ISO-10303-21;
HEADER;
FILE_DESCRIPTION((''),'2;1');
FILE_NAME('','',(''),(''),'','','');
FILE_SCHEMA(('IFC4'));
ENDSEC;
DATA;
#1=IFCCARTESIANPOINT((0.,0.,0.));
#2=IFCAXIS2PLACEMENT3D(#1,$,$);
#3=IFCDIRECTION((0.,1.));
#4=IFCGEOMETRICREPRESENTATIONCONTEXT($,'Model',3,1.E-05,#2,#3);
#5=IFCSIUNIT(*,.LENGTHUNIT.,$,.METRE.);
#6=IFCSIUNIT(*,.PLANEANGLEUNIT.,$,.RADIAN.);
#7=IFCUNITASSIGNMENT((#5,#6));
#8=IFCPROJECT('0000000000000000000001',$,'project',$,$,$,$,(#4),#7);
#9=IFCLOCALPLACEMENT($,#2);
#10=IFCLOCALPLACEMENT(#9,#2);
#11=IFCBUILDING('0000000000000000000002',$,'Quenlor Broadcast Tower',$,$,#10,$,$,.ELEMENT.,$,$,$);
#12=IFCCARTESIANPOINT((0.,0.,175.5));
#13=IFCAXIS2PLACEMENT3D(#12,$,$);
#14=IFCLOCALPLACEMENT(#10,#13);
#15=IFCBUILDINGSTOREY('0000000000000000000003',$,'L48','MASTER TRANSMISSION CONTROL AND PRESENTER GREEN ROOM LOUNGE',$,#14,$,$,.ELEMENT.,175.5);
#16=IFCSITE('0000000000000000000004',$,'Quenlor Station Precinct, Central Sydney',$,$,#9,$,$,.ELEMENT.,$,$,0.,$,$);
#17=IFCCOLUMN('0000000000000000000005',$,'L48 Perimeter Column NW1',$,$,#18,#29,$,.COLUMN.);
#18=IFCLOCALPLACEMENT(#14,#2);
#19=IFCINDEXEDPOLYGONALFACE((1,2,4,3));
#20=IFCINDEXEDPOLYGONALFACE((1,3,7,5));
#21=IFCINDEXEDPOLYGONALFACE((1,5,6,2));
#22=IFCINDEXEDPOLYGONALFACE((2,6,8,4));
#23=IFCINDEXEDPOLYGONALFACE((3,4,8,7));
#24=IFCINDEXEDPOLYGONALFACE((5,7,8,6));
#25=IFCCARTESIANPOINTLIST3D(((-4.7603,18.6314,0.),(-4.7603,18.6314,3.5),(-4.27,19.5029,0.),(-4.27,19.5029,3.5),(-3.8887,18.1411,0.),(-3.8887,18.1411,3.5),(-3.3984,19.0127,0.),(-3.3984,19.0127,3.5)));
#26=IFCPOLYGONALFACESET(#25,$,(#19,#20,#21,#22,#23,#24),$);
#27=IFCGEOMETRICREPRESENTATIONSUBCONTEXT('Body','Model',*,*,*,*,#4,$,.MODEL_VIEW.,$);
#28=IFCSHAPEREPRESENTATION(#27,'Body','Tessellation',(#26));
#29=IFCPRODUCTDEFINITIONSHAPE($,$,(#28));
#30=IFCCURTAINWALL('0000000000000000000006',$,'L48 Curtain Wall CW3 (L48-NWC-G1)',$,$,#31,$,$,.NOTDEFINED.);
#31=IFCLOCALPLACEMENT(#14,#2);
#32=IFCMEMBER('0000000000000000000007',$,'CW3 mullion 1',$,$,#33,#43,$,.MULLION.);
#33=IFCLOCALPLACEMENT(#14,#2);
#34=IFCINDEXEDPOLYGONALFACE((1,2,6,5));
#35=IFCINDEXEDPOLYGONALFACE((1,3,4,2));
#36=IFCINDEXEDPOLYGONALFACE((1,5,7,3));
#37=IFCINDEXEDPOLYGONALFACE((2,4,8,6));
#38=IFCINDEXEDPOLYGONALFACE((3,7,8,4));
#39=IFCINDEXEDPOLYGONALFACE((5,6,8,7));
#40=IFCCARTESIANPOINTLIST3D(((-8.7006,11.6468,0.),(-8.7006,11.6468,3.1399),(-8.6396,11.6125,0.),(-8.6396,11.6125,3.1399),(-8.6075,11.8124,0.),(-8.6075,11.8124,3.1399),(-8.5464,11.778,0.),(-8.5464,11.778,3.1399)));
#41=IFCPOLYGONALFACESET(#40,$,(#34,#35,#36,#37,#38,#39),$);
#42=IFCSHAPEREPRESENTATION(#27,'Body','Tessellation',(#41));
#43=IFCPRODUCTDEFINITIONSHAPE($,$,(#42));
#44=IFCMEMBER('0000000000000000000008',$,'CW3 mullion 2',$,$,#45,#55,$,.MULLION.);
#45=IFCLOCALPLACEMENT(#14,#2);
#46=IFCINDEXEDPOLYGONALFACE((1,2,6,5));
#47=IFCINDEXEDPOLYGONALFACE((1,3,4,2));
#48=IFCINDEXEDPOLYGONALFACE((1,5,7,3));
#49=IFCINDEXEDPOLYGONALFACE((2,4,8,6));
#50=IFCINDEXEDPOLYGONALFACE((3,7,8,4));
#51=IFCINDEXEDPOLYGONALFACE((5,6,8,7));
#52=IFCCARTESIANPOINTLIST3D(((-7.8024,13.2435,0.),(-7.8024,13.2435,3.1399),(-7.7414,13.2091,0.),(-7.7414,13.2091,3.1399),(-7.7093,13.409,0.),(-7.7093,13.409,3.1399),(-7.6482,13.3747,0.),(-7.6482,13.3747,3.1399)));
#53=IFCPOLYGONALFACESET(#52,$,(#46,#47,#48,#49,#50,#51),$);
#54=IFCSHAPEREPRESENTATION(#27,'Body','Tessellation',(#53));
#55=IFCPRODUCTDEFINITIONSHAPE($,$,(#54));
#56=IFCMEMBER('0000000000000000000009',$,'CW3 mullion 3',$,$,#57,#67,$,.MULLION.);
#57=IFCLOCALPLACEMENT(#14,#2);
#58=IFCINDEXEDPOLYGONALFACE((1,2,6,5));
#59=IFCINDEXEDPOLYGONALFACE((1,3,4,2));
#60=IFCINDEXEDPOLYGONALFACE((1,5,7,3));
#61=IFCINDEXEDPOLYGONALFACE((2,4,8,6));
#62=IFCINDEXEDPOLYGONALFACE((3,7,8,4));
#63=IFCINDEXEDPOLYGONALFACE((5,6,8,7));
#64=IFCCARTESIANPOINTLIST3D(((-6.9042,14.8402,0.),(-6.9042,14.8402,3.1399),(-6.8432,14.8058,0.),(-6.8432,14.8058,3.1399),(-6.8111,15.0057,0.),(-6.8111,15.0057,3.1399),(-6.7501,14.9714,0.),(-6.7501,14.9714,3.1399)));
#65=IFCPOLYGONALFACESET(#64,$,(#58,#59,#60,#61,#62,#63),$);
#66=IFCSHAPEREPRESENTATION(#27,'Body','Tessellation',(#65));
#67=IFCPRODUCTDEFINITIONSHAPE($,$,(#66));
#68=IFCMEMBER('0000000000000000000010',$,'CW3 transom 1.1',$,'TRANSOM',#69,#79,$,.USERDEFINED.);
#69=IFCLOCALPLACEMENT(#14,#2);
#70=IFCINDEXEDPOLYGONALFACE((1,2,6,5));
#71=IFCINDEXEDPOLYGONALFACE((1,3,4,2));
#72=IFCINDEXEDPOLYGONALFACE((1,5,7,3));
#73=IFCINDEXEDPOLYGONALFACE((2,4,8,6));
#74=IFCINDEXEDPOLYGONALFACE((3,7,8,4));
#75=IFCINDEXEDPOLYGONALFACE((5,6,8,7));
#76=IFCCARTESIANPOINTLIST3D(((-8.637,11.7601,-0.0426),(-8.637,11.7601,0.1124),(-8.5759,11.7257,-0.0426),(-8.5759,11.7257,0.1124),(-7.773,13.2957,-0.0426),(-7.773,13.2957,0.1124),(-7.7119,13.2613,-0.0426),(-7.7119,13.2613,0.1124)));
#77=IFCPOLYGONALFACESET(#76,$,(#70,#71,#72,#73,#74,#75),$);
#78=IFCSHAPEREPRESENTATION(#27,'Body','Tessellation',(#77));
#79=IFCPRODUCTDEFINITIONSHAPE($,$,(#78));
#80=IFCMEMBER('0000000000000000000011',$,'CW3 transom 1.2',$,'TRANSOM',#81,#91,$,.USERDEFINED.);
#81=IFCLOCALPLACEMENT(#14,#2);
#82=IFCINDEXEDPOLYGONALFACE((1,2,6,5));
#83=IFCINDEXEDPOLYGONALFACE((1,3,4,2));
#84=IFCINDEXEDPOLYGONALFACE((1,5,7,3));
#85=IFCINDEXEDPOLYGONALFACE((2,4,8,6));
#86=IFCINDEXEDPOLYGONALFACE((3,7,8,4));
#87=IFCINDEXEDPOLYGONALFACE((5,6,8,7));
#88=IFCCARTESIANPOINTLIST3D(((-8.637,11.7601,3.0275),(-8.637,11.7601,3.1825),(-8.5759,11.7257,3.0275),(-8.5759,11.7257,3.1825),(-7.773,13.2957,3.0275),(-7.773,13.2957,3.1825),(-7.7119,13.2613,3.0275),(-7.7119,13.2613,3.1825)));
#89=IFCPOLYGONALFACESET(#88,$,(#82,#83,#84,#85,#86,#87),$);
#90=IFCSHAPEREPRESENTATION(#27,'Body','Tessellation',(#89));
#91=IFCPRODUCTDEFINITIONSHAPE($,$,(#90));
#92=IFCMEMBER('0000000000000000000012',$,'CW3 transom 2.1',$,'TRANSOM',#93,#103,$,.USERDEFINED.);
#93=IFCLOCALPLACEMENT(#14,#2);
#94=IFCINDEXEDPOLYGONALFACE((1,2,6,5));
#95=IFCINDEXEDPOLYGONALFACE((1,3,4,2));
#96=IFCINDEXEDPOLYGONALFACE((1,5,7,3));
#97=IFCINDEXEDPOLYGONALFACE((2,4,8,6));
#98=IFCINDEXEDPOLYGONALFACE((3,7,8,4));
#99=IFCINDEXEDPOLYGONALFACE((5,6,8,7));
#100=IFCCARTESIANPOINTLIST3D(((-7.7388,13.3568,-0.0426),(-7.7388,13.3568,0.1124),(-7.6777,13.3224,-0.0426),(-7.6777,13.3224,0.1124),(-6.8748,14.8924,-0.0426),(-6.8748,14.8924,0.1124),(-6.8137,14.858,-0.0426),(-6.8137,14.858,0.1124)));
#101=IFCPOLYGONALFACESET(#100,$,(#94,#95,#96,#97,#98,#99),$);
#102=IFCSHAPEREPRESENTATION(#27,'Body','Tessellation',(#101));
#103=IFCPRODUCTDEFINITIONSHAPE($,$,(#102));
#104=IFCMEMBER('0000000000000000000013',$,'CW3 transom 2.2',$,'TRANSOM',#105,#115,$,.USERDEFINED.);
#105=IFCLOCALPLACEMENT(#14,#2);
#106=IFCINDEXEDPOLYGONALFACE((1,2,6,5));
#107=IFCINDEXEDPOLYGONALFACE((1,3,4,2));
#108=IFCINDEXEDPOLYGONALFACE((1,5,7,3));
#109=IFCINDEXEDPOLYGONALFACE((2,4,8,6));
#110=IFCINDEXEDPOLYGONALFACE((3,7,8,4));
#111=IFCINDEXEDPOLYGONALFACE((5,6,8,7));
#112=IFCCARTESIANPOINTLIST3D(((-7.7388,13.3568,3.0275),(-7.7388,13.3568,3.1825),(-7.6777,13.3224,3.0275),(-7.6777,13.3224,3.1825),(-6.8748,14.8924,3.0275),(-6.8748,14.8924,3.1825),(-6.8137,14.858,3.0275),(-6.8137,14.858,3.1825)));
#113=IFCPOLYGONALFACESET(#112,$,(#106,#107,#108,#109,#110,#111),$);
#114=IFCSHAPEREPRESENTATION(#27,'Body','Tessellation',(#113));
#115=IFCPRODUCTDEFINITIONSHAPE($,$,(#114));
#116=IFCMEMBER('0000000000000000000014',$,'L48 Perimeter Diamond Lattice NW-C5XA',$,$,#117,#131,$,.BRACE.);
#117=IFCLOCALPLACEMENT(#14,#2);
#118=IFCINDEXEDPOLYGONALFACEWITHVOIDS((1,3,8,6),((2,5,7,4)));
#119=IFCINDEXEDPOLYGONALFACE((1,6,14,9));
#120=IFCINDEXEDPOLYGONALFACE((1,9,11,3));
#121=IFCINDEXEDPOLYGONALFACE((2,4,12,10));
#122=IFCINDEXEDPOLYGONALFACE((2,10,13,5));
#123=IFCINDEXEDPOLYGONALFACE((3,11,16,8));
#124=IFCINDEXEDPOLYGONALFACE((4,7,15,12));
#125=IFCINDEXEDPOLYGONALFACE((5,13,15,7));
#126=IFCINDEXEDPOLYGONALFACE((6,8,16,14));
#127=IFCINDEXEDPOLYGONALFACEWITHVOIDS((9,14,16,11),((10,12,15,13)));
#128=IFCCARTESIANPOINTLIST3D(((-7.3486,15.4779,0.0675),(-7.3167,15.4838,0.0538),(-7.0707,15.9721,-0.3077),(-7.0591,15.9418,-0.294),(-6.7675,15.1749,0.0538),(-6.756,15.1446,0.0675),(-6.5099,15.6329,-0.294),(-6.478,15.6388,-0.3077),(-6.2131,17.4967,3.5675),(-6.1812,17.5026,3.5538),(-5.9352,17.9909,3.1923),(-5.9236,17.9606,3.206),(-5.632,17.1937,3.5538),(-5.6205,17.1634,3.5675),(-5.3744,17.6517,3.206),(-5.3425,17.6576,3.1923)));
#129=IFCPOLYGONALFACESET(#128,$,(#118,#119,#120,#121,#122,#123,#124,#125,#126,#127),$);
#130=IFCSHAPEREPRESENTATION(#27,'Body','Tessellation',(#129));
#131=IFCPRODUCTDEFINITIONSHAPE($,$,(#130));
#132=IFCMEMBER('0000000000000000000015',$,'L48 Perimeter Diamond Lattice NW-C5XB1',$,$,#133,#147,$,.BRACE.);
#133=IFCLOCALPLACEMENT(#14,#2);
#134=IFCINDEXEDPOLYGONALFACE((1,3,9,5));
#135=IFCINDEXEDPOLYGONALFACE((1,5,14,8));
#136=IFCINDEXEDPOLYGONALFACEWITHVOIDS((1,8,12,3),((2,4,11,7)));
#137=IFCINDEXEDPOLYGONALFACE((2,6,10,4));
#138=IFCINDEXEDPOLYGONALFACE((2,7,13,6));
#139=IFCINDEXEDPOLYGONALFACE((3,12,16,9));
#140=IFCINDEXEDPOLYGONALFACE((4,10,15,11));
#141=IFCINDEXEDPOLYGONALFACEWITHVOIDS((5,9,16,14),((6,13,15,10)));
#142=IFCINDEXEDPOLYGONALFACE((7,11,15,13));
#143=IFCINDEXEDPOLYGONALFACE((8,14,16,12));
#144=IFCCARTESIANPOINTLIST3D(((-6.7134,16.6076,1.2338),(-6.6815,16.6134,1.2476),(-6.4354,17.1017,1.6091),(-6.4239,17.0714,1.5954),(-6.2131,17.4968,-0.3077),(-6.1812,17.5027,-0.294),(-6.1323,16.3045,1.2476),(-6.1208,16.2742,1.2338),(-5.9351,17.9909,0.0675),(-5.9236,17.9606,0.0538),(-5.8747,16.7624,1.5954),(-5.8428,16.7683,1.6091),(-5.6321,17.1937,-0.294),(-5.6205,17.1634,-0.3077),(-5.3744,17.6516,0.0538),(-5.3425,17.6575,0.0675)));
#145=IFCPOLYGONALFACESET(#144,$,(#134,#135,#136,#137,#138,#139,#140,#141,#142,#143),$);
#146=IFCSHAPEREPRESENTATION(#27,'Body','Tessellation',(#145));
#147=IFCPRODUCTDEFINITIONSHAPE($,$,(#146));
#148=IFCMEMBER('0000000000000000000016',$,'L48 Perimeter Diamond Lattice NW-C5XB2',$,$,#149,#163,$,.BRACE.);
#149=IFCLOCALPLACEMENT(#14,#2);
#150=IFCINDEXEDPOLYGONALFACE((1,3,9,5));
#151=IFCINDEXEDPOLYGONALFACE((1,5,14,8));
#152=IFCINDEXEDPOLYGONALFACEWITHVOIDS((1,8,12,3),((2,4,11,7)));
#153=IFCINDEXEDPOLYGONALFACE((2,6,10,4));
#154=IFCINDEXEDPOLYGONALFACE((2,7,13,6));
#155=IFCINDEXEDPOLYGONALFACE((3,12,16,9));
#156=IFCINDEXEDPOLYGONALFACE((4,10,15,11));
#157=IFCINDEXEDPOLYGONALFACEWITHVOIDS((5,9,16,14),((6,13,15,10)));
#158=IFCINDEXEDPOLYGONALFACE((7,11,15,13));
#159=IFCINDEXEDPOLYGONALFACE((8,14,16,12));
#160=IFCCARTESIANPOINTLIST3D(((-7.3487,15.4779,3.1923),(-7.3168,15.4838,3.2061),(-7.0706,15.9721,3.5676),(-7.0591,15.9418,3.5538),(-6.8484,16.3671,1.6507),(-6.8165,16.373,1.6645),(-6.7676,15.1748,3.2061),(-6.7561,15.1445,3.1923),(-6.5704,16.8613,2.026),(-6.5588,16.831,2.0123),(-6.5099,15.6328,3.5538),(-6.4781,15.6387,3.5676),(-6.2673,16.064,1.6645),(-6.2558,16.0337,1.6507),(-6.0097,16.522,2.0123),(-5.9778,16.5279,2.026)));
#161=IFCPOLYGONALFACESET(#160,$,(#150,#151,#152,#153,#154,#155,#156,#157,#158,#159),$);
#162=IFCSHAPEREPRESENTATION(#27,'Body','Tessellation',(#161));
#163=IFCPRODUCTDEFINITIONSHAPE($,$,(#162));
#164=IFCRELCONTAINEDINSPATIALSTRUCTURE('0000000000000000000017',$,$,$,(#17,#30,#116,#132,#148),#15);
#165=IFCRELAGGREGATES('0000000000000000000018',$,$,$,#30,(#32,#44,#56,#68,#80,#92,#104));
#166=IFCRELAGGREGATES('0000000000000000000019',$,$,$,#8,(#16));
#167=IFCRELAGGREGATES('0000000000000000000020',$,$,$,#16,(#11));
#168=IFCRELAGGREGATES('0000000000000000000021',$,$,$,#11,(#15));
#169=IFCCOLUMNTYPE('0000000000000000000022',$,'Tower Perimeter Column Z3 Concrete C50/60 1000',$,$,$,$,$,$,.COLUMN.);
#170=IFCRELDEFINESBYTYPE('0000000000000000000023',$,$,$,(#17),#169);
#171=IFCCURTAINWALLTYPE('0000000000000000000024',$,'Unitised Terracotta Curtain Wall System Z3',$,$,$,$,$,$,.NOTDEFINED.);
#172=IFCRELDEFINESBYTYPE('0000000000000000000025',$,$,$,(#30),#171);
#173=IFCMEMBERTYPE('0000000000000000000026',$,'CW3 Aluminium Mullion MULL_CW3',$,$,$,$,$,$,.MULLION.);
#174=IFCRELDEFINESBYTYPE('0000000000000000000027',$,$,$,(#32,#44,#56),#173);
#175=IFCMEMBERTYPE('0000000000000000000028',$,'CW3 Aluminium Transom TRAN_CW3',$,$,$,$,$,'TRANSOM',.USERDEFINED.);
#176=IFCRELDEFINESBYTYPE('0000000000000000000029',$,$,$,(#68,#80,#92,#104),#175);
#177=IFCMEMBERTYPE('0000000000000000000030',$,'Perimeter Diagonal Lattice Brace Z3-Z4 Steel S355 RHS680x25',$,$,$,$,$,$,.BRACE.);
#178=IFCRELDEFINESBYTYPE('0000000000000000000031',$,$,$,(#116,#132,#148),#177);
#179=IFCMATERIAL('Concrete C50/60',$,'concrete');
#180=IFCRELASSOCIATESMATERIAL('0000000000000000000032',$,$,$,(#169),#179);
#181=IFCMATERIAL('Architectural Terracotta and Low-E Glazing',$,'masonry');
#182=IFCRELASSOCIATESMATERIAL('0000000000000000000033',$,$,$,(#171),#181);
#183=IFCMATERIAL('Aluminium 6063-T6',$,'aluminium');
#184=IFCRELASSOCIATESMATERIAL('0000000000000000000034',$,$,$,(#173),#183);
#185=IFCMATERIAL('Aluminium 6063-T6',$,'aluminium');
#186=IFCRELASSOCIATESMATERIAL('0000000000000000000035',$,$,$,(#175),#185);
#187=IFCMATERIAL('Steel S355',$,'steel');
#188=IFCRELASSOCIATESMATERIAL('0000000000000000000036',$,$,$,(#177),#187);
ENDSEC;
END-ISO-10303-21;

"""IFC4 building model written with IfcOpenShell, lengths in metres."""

from ifc_helpers import new_model, si_unit, direction, frame, origin, origin_2d, place, context, subcontext, project, spatial, rectangle, hollow_rectangle, extrude, material, material_profile, profile_set, type_object, element, aggregate, save


model = new_model("IFC4")

# Units and contexts
model_context = context("Model", 3, precision=1e-05, world=origin(), true_north=direction((0.0, 1.0)))
body_context = subcontext(model_context, "Body", "Model", "MODEL_VIEW")
ifc_project = project(units=[si_unit("LENGTHUNIT", "METRE"), si_unit("PLANEANGLEUNIT", "RADIAN")], contexts=[model_context])

# Site, building, storey
site_placement = place(None, origin())
site = spatial("IfcSite", under=ifc_project, at=site_placement, Name="Quenlor Station Precinct, Central Sydney", CompositionType="ELEMENT", RefElevation=0.0)
building_placement = place(site_placement, origin())
building = spatial("IfcBuilding", under=site, at=building_placement, Name="Quenlor Broadcast Tower", CompositionType="ELEMENT")
storey_placement = place(building_placement, frame((0.0, 0.0, 175.5)))
storey = spatial("IfcBuildingStorey", under=building, at=storey_placement, Name="L48", Description="MASTER TRANSMISSION CONTROL AND PRESENTER GREEN ROOM LOUNGE", CompositionType="ELEMENT", Elevation=175.5)

# Column
ifc_material_1 = material(Name="Concrete C50/60", Category="concrete")
ifc_material_profile_1 = material_profile(ifc_material_1, rectangle(XDim=1.0, YDim=1.0, at=origin_2d()))
ifc_profile_set_1 = profile_set([ifc_material_profile_1], Name="Concrete C50/60 RC1000x1000")
column_type = type_object("IfcColumnType", Name="Tower Perimeter Column Z3 Concrete C50/60 1000", PredefinedType="COLUMN", material=ifc_profile_set_1)
column_placement = place(storey_placement, frame((-4.0793, 18.822, 0.0), z_axis=(0.0, 0.0, 1.0), x_axis=(-0.871575, 0.490262, 0.0)))
element("IfcColumn", 1, at=column_placement, inside=storey, type_object=column_type, Name="L48 Perimeter Column NW1", PredefinedType="COLUMN", context=body_context, shape_type="SweptSolid", body=[
    extrude(rectangle(XDim=1.0, YDim=1.0, at=origin_2d()), origin(), (0.0, 0.0, 1.0), 3.5),
])

# Curtain wall, members
ifc_material_2 = material(Name="Architectural Terracotta and Low-E Glazing", Category="masonry")
curtain_wall_type = type_object("IfcCurtainWallType", Name="Unitised Terracotta Curtain Wall System Z3", PredefinedType="NOTDEFINED", material=ifc_material_2)
curtain_wall_placement = place(storey_placement, origin())
curtain_wall = element("IfcCurtainWall", 2, at=curtain_wall_placement, inside=storey, type_object=curtain_wall_type, Name="L48 Curtain Wall CW3 (L48-NWC-G1)", PredefinedType="NOTDEFINED")
ifc_material_3 = material(Name="Aluminium 6063-T6", Category="aluminium")
ifc_material_profile_2 = material_profile(ifc_material_3, rectangle(XDim=0.0701, YDim=0.1899, at=origin_2d()))
ifc_profile_set_2 = profile_set([ifc_material_profile_2], Name="Aluminium 6063-T6 MULL70x190")
member_type_1 = type_object("IfcMemberType", Name="CW3 Aluminium Mullion MULL_CW3", PredefinedType="MULLION", material=ifc_profile_set_2)
member_1_placement = place(storey_placement, frame((-8.6235, 11.7124, 0.0), z_axis=(0.0, 0.0, 1.0), x_axis=(-0.871571, 0.49027, 0.0)))
member_1 = element("IfcMember", 3, at=member_1_placement, type_object=member_type_1, Name="CW3 mullion 1", PredefinedType="MULLION", context=body_context, shape_type="SweptSolid", body=[
    extrude(rectangle(XDim=0.0701, YDim=0.1899, at=origin_2d()), origin(), (0.0, 0.0, 1.0), 3.1399),
])
member_2_placement = place(storey_placement, frame((-7.7253, 13.3091, 0.0), z_axis=(0.0, 0.0, 1.0), x_axis=(-0.871571, 0.49027, 0.0)))
member_2 = element("IfcMember", 4, at=member_2_placement, type_object=member_type_1, Name="CW3 mullion 2", PredefinedType="MULLION", context=body_context, shape_type="SweptSolid", body=[
    extrude(rectangle(XDim=0.0701, YDim=0.1899, at=origin_2d()), origin(), (0.0, 0.0, 1.0), 3.1399),
])
member_3_placement = place(storey_placement, frame((-6.8271, 14.9058, 0.0), z_axis=(0.0, 0.0, 1.0), x_axis=(-0.871571, 0.49027, 0.0)))
member_3 = element("IfcMember", 5, at=member_3_placement, type_object=member_type_1, Name="CW3 mullion 3", PredefinedType="MULLION", context=body_context, shape_type="SweptSolid", body=[
    extrude(rectangle(XDim=0.0701, YDim=0.1899, at=origin_2d()), origin(), (0.0, 0.0, 1.0), 3.1399),
])
ifc_material_4 = material(Name="Aluminium 6063-T6", Category="aluminium")
ifc_material_profile_3 = material_profile(ifc_material_4, rectangle(XDim=0.0701, YDim=0.155, at=origin_2d()))
ifc_profile_set_3 = profile_set([ifc_material_profile_3], Name="Aluminium 6063-T6 TRAN70x155")
member_type_2 = type_object("IfcMemberType", Name="CW3 Aluminium Transom TRAN_CW3", ElementType="TRANSOM", PredefinedType="USERDEFINED", material=ifc_profile_set_3)
member_4_placement = place(storey_placement, frame((-8.6064, 11.7429, 0.0349), z_axis=(0.490353, 0.871524, 0.0), x_axis=(-0.871524, 0.490353, 0.0)))
member_4 = element("IfcMember", 6, at=member_4_placement, type_object=member_type_2, Name="CW3 transom 1.1", ObjectType="TRANSOM", PredefinedType="USERDEFINED", context=body_context, shape_type="SweptSolid", body=[
    extrude(rectangle(XDim=0.0701, YDim=0.155, at=origin_2d()), origin(), (0.0, 0.0, 1.0), 1.762),
])
member_5_placement = place(storey_placement, frame((-8.6064, 11.7429, 3.105), z_axis=(0.490353, 0.871524, 0.0), x_axis=(-0.871524, 0.490353, 0.0)))
member_5 = element("IfcMember", 7, at=member_5_placement, type_object=member_type_2, Name="CW3 transom 1.2", ObjectType="TRANSOM", PredefinedType="USERDEFINED", context=body_context, shape_type="SweptSolid", body=[
    extrude(rectangle(XDim=0.0701, YDim=0.155, at=origin_2d()), origin(), (0.0, 0.0, 1.0), 1.762),
])
member_6_placement = place(storey_placement, frame((-7.7083, 13.3396, 0.0349), z_axis=(0.490353, 0.871524, 0.0), x_axis=(-0.871524, 0.490353, 0.0)))
member_6 = element("IfcMember", 8, at=member_6_placement, type_object=member_type_2, Name="CW3 transom 2.1", ObjectType="TRANSOM", PredefinedType="USERDEFINED", context=body_context, shape_type="SweptSolid", body=[
    extrude(rectangle(XDim=0.0701, YDim=0.155, at=origin_2d()), origin(), (0.0, 0.0, 1.0), 1.762),
])
member_7_placement = place(storey_placement, frame((-7.7083, 13.3396, 3.105), z_axis=(0.490353, 0.871524, 0.0), x_axis=(-0.871524, 0.490353, 0.0)))
member_7 = element("IfcMember", 9, at=member_7_placement, type_object=member_type_2, Name="CW3 transom 2.2", ObjectType="TRANSOM", PredefinedType="USERDEFINED", context=body_context, shape_type="SweptSolid", body=[
    extrude(rectangle(XDim=0.0701, YDim=0.155, at=origin_2d()), origin(), (0.0, 0.0, 1.0), 1.762),
])

# Members
ifc_material_5 = material(Name="Steel S355", Category="steel")
ifc_material_profile_4 = material_profile(ifc_material_5, hollow_rectangle(XDim=0.6799, YDim=0.6799, WallThickness=0.0249, at=origin_2d()))
ifc_profile_set_4 = profile_set([ifc_material_profile_4], Name="Steel S355 RHS680x680x25")
member_type_3 = type_object("IfcMemberType", Name="Perimeter Diagonal Lattice Brace Z3-Z4 Steel S355 RHS680x25", PredefinedType="BRACE", material=ifc_profile_set_4)
member_8_placement = place(storey_placement, frame((-6.9133, 15.5583, -0.1201), z_axis=(0.270549, 0.481009, 0.833927), x_axis=(-0.87159, 0.490236, 0.0)))
element("IfcMember", 10, at=member_8_placement, inside=storey, type_object=member_type_3, Name="L48 Perimeter Diamond Lattice NW-C5XA", PredefinedType="BRACE", context=body_context, shape_type="SweptSolid", body=[
    extrude(hollow_rectangle(XDim=0.6799, YDim=0.6799, WallThickness=0.0249, at=origin_2d()), origin(), (0.0, 0.0, 1.0), 4.197),
])
for number, where, z_axis, x_axis, name in (
    (11, (-5.7778, 17.5771, -0.1201), (-0.270616, -0.481008, 0.833905), (0.871537, -0.490329, 0.0), "L48 Perimeter Diamond Lattice NW-C5XB1"),
    (12, (-6.4131, 16.4475, 1.8384), (-0.270616, -0.481008, 0.833905), (0.871537, -0.490329, 0.0), "L48 Perimeter Diamond Lattice NW-C5XB2"),
):
    element("IfcMember", number, at=place(storey_placement, frame(where, z_axis=z_axis, x_axis=x_axis)), inside=storey, type_object=member_type_3, Name=name, PredefinedType="BRACE", context=body_context, shape_type="SweptSolid", body=[
        extrude(hollow_rectangle(XDim=0.6799, YDim=0.6799, WallThickness=0.0249, at=origin_2d()), origin(), (0.0, 0.0, 1.0), 1.8486),
    ])

aggregate(curtain_wall, [member_1, member_2, member_3, member_4, member_5, member_6, member_7])

save(model, "model.ifc")
